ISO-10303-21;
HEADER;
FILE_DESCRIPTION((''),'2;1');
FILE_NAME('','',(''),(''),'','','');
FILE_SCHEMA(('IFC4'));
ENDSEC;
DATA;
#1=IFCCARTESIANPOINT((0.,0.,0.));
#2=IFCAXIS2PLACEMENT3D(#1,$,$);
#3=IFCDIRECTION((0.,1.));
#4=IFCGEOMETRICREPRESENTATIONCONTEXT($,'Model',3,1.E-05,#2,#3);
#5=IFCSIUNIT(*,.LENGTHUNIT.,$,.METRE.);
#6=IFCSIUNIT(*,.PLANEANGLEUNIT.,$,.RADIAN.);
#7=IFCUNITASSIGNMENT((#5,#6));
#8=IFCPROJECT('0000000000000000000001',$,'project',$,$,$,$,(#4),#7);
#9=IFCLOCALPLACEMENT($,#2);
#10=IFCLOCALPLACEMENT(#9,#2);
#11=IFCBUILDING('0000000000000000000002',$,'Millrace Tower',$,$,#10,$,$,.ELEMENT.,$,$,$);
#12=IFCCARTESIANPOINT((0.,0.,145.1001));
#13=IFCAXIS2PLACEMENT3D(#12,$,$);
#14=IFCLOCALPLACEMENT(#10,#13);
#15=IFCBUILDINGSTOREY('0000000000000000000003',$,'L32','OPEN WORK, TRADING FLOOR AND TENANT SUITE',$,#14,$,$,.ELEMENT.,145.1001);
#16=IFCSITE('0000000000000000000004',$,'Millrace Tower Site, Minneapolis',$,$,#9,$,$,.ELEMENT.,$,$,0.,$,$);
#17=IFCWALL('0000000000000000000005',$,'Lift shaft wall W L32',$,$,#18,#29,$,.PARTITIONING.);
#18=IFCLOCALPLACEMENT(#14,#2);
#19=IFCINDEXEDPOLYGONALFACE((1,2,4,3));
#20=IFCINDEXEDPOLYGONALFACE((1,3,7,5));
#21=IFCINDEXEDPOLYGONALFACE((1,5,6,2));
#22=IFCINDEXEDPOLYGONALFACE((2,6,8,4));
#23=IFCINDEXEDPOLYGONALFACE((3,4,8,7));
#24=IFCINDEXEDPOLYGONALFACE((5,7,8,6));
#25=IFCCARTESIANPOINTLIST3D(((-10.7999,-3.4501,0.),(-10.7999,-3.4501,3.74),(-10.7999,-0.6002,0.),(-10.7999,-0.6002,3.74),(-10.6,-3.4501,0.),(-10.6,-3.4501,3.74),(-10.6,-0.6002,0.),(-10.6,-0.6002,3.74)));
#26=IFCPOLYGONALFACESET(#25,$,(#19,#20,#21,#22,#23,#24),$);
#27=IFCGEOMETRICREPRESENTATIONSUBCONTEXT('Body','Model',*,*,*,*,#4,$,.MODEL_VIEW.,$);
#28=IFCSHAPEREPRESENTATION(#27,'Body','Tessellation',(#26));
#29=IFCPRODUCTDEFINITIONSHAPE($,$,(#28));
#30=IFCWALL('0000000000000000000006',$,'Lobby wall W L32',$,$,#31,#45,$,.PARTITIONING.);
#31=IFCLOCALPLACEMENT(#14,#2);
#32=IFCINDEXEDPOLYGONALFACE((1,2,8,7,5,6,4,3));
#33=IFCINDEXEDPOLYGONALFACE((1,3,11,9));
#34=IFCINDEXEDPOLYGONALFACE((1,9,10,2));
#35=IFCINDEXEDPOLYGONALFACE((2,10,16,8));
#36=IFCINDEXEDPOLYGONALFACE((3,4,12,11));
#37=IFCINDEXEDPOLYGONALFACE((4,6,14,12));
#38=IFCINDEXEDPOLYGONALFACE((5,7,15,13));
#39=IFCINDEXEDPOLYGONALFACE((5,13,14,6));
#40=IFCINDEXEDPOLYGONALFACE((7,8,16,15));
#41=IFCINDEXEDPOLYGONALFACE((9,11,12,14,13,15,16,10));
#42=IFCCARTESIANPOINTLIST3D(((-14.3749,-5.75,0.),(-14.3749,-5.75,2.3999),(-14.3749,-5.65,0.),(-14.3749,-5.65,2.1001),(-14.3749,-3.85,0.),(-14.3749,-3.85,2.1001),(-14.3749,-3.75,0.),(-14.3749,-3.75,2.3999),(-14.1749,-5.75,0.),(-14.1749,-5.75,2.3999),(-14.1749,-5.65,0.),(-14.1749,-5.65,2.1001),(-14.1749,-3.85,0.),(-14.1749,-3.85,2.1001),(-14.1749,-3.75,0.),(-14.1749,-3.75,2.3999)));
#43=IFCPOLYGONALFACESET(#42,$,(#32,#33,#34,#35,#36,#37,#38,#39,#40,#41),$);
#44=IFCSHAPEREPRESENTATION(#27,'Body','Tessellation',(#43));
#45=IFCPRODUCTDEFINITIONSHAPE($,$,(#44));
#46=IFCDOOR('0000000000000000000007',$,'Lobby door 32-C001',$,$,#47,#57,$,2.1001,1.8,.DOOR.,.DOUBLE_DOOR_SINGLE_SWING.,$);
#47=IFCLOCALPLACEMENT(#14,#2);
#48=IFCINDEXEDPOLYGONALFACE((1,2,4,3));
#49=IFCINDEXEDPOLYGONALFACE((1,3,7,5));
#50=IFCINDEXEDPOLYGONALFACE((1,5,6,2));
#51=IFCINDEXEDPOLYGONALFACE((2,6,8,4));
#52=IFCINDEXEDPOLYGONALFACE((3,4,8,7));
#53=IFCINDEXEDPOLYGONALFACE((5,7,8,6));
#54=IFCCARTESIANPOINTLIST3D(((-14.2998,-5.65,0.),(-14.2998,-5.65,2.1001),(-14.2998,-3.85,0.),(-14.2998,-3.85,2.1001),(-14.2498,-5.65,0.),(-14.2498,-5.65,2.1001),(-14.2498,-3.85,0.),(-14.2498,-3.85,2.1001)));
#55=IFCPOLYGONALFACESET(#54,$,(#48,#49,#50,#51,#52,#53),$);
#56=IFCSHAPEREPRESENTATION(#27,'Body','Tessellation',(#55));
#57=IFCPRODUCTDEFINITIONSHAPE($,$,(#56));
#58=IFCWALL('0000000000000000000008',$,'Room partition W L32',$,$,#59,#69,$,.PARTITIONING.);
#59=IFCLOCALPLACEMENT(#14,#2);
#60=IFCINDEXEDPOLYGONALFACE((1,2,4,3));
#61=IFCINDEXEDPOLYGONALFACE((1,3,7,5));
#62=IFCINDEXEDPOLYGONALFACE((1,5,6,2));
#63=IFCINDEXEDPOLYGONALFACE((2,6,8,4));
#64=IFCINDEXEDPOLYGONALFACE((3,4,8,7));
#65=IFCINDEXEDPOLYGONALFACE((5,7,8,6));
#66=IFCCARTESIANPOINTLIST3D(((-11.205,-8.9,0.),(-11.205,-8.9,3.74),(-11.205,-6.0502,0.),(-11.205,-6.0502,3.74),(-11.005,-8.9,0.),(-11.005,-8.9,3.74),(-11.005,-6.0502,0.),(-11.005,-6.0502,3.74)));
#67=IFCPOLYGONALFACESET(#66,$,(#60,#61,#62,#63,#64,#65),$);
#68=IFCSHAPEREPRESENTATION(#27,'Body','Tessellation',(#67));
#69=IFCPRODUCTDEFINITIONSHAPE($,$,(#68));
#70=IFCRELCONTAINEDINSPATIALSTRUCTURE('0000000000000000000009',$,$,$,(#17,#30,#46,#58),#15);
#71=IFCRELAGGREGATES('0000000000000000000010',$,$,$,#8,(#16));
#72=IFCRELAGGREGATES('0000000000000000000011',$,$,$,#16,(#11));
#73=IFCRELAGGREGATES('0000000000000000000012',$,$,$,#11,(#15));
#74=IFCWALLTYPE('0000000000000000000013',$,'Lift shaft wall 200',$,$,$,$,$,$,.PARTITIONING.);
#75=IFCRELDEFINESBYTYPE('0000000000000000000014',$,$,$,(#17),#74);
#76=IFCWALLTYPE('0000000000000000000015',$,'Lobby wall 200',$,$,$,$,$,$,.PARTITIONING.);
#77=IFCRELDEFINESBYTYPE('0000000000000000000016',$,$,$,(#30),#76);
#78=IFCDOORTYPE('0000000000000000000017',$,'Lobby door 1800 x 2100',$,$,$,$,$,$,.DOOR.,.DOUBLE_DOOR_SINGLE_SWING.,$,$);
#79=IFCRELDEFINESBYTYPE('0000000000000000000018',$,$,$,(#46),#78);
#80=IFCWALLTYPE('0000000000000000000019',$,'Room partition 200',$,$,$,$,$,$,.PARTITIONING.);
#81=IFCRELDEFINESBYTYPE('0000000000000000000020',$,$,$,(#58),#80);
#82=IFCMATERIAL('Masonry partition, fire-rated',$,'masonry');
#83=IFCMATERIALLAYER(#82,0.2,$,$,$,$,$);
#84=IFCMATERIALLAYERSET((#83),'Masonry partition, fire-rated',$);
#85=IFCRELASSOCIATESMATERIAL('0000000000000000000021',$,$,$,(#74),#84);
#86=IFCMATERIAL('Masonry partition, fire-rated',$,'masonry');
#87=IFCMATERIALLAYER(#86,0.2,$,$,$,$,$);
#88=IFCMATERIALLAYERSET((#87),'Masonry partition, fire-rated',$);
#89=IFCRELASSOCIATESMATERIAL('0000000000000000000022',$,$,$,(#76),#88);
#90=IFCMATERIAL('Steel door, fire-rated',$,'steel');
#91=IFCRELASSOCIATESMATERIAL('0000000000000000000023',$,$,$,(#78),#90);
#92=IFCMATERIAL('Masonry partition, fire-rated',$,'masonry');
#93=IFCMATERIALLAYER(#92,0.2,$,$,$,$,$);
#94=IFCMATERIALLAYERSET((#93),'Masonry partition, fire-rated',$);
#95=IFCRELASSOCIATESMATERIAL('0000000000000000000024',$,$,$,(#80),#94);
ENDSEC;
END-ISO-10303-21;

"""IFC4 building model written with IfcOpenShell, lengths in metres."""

from ifc_helpers import new_model, si_unit, direction, frame, frame_2d, origin, place, context, subcontext, project, spatial, rectangle, extrude, material, layer, layer_set, type_object, element, fill, save


model = new_model("IFC4")

# Units and contexts
model_context = context("Model", 3, precision=1e-05, world=origin(), true_north=direction((0.0, 1.0)))
body_context = subcontext(model_context, "Body", "Model", "MODEL_VIEW")
ifc_project = project(units=[si_unit("LENGTHUNIT", "METRE"), si_unit("PLANEANGLEUNIT", "RADIAN")], contexts=[model_context])

# Site, building, storey
site_placement = place(None, origin())
site = spatial("IfcSite", under=ifc_project, at=site_placement, Name="Millrace Tower Site, Minneapolis", CompositionType="ELEMENT", RefElevation=0.0)
building_placement = place(site_placement, origin())
building = spatial("IfcBuilding", under=site, at=building_placement, Name="Millrace Tower", CompositionType="ELEMENT")
storey_placement = place(building_placement, frame((0.0, 0.0, 145.1001)))
storey = spatial("IfcBuildingStorey", under=building, at=storey_placement, Name="L32", Description="OPEN WORK, TRADING FLOOR AND TENANT SUITE", CompositionType="ELEMENT", Elevation=145.1001)

# Shared definitions
ifc_material_1 = material(Name="Masonry partition, fire-rated", Category="masonry")
ifc_layer_1 = layer(ifc_material_1, 0.2)
ifc_layer_set_1 = layer_set([ifc_layer_1], Name="Masonry partition, fire-rated")
wall_type_1 = type_object("IfcWallType", Name="Lift shaft wall 200", PredefinedType="PARTITIONING", material=ifc_layer_set_1)

# Wall
wall_1_placement = place(storey_placement, frame((-10.7, -3.45, 0.0), z_axis=(0.0, 0.0, 1.0), x_axis=(0.0, 1.0, 0.0)))
element("IfcWall", 1, at=wall_1_placement, inside=storey, type_object=wall_type_1, Name="Lift shaft wall W L32", PredefinedType="PARTITIONING", context=body_context, shape_type="SweptSolid", body=[
    extrude(rectangle(XDim=2.8499, YDim=0.2, at=frame_2d((1.4248, 0.0))), origin(), (0.0, 0.0, 1.0), 3.74),
])

# Wall, opening, door
ifc_material_2 = material(Name="Masonry partition, fire-rated", Category="masonry")
ifc_layer_2 = layer(ifc_material_2, 0.2)
ifc_layer_set_2 = layer_set([ifc_layer_2], Name="Masonry partition, fire-rated")
wall_type_2 = type_object("IfcWallType", Name="Lobby wall 200", PredefinedType="PARTITIONING", material=ifc_layer_set_2)
wall_2_placement = place(storey_placement, frame((-14.2749, -5.75, 0.0), z_axis=(0.0, 0.0, 1.0), x_axis=(0.0, 1.0, 0.0)))
wall_2 = element("IfcWall", 2, at=wall_2_placement, inside=storey, type_object=wall_type_2, Name="Lobby wall W L32", PredefinedType="PARTITIONING", context=body_context, shape_type="SweptSolid", body=[
    extrude(rectangle(XDim=2.0, YDim=0.2, at=frame_2d((1.0, 0.0))), origin(), (0.0, 0.0, 1.0), 2.3999),
])
opening_1_placement = place(wall_2_placement, frame((0.1001, 0.0, 0.0)))
opening_1 = element("IfcOpeningElement", 3, at=opening_1_placement, cuts=wall_2, PredefinedType="OPENING", context=body_context, shape_type="SweptSolid", body=[
    extrude(rectangle(XDim=1.8, YDim=2.1001, at=frame_2d((0.8999, 1.05))), frame((0.0, 0.1099, 0.0), z_axis=(0.0, -1.0, 0.0), x_axis=(1.0, 0.0, 0.0)), (0.0, 0.0, 1.0), 0.22),
])
ifc_material_3 = material(Name="Steel door, fire-rated", Category="steel")
door_type_1 = type_object("IfcDoorType", Name="Lobby door 1800 x 2100", OperationType="DOUBLE_DOOR_SINGLE_SWING", PredefinedType="DOOR", material=ifc_material_3)
door_1_placement = place(opening_1_placement, origin())
door_1 = element("IfcDoor", 4, at=door_1_placement, inside=storey, type_object=door_type_1, Name="Lobby door 32-C001", OperationType="DOUBLE_DOOR_SINGLE_SWING", OverallHeight=2.1001, OverallWidth=1.8, PredefinedType="DOOR", context=body_context, shape_type="SweptSolid", body=[
    extrude(rectangle(XDim=1.8, YDim=2.1001, at=frame_2d((0.8999, 1.05))), frame((0.0, 0.0249, 0.0), z_axis=(0.0, -1.0, 0.0), x_axis=(1.0, 0.0, 0.0)), (0.0, 0.0, 1.0), 0.05),
])
fill(opening_1, door_1)

# Wall
ifc_material_4 = material(Name="Masonry partition, fire-rated", Category="masonry")
ifc_layer_3 = layer(ifc_material_4, 0.2)
ifc_layer_set_3 = layer_set([ifc_layer_3], Name="Masonry partition, fire-rated")
wall_type_3 = type_object("IfcWallType", Name="Room partition 200", PredefinedType="PARTITIONING", material=ifc_layer_set_3)
wall_3_placement = place(storey_placement, frame((-11.105, -8.8999, 0.0), z_axis=(0.0, 0.0, 1.0), x_axis=(0.0, 1.0, 0.0)))
element("IfcWall", 5, at=wall_3_placement, inside=storey, type_object=wall_type_3, Name="Room partition W L32", PredefinedType="PARTITIONING", context=body_context, shape_type="SweptSolid", body=[
    extrude(rectangle(XDim=2.8499, YDim=0.2, at=frame_2d((1.4248, 0.0))), origin(), (0.0, 0.0, 1.0), 3.74),
])

save(model, "model.ifc")
